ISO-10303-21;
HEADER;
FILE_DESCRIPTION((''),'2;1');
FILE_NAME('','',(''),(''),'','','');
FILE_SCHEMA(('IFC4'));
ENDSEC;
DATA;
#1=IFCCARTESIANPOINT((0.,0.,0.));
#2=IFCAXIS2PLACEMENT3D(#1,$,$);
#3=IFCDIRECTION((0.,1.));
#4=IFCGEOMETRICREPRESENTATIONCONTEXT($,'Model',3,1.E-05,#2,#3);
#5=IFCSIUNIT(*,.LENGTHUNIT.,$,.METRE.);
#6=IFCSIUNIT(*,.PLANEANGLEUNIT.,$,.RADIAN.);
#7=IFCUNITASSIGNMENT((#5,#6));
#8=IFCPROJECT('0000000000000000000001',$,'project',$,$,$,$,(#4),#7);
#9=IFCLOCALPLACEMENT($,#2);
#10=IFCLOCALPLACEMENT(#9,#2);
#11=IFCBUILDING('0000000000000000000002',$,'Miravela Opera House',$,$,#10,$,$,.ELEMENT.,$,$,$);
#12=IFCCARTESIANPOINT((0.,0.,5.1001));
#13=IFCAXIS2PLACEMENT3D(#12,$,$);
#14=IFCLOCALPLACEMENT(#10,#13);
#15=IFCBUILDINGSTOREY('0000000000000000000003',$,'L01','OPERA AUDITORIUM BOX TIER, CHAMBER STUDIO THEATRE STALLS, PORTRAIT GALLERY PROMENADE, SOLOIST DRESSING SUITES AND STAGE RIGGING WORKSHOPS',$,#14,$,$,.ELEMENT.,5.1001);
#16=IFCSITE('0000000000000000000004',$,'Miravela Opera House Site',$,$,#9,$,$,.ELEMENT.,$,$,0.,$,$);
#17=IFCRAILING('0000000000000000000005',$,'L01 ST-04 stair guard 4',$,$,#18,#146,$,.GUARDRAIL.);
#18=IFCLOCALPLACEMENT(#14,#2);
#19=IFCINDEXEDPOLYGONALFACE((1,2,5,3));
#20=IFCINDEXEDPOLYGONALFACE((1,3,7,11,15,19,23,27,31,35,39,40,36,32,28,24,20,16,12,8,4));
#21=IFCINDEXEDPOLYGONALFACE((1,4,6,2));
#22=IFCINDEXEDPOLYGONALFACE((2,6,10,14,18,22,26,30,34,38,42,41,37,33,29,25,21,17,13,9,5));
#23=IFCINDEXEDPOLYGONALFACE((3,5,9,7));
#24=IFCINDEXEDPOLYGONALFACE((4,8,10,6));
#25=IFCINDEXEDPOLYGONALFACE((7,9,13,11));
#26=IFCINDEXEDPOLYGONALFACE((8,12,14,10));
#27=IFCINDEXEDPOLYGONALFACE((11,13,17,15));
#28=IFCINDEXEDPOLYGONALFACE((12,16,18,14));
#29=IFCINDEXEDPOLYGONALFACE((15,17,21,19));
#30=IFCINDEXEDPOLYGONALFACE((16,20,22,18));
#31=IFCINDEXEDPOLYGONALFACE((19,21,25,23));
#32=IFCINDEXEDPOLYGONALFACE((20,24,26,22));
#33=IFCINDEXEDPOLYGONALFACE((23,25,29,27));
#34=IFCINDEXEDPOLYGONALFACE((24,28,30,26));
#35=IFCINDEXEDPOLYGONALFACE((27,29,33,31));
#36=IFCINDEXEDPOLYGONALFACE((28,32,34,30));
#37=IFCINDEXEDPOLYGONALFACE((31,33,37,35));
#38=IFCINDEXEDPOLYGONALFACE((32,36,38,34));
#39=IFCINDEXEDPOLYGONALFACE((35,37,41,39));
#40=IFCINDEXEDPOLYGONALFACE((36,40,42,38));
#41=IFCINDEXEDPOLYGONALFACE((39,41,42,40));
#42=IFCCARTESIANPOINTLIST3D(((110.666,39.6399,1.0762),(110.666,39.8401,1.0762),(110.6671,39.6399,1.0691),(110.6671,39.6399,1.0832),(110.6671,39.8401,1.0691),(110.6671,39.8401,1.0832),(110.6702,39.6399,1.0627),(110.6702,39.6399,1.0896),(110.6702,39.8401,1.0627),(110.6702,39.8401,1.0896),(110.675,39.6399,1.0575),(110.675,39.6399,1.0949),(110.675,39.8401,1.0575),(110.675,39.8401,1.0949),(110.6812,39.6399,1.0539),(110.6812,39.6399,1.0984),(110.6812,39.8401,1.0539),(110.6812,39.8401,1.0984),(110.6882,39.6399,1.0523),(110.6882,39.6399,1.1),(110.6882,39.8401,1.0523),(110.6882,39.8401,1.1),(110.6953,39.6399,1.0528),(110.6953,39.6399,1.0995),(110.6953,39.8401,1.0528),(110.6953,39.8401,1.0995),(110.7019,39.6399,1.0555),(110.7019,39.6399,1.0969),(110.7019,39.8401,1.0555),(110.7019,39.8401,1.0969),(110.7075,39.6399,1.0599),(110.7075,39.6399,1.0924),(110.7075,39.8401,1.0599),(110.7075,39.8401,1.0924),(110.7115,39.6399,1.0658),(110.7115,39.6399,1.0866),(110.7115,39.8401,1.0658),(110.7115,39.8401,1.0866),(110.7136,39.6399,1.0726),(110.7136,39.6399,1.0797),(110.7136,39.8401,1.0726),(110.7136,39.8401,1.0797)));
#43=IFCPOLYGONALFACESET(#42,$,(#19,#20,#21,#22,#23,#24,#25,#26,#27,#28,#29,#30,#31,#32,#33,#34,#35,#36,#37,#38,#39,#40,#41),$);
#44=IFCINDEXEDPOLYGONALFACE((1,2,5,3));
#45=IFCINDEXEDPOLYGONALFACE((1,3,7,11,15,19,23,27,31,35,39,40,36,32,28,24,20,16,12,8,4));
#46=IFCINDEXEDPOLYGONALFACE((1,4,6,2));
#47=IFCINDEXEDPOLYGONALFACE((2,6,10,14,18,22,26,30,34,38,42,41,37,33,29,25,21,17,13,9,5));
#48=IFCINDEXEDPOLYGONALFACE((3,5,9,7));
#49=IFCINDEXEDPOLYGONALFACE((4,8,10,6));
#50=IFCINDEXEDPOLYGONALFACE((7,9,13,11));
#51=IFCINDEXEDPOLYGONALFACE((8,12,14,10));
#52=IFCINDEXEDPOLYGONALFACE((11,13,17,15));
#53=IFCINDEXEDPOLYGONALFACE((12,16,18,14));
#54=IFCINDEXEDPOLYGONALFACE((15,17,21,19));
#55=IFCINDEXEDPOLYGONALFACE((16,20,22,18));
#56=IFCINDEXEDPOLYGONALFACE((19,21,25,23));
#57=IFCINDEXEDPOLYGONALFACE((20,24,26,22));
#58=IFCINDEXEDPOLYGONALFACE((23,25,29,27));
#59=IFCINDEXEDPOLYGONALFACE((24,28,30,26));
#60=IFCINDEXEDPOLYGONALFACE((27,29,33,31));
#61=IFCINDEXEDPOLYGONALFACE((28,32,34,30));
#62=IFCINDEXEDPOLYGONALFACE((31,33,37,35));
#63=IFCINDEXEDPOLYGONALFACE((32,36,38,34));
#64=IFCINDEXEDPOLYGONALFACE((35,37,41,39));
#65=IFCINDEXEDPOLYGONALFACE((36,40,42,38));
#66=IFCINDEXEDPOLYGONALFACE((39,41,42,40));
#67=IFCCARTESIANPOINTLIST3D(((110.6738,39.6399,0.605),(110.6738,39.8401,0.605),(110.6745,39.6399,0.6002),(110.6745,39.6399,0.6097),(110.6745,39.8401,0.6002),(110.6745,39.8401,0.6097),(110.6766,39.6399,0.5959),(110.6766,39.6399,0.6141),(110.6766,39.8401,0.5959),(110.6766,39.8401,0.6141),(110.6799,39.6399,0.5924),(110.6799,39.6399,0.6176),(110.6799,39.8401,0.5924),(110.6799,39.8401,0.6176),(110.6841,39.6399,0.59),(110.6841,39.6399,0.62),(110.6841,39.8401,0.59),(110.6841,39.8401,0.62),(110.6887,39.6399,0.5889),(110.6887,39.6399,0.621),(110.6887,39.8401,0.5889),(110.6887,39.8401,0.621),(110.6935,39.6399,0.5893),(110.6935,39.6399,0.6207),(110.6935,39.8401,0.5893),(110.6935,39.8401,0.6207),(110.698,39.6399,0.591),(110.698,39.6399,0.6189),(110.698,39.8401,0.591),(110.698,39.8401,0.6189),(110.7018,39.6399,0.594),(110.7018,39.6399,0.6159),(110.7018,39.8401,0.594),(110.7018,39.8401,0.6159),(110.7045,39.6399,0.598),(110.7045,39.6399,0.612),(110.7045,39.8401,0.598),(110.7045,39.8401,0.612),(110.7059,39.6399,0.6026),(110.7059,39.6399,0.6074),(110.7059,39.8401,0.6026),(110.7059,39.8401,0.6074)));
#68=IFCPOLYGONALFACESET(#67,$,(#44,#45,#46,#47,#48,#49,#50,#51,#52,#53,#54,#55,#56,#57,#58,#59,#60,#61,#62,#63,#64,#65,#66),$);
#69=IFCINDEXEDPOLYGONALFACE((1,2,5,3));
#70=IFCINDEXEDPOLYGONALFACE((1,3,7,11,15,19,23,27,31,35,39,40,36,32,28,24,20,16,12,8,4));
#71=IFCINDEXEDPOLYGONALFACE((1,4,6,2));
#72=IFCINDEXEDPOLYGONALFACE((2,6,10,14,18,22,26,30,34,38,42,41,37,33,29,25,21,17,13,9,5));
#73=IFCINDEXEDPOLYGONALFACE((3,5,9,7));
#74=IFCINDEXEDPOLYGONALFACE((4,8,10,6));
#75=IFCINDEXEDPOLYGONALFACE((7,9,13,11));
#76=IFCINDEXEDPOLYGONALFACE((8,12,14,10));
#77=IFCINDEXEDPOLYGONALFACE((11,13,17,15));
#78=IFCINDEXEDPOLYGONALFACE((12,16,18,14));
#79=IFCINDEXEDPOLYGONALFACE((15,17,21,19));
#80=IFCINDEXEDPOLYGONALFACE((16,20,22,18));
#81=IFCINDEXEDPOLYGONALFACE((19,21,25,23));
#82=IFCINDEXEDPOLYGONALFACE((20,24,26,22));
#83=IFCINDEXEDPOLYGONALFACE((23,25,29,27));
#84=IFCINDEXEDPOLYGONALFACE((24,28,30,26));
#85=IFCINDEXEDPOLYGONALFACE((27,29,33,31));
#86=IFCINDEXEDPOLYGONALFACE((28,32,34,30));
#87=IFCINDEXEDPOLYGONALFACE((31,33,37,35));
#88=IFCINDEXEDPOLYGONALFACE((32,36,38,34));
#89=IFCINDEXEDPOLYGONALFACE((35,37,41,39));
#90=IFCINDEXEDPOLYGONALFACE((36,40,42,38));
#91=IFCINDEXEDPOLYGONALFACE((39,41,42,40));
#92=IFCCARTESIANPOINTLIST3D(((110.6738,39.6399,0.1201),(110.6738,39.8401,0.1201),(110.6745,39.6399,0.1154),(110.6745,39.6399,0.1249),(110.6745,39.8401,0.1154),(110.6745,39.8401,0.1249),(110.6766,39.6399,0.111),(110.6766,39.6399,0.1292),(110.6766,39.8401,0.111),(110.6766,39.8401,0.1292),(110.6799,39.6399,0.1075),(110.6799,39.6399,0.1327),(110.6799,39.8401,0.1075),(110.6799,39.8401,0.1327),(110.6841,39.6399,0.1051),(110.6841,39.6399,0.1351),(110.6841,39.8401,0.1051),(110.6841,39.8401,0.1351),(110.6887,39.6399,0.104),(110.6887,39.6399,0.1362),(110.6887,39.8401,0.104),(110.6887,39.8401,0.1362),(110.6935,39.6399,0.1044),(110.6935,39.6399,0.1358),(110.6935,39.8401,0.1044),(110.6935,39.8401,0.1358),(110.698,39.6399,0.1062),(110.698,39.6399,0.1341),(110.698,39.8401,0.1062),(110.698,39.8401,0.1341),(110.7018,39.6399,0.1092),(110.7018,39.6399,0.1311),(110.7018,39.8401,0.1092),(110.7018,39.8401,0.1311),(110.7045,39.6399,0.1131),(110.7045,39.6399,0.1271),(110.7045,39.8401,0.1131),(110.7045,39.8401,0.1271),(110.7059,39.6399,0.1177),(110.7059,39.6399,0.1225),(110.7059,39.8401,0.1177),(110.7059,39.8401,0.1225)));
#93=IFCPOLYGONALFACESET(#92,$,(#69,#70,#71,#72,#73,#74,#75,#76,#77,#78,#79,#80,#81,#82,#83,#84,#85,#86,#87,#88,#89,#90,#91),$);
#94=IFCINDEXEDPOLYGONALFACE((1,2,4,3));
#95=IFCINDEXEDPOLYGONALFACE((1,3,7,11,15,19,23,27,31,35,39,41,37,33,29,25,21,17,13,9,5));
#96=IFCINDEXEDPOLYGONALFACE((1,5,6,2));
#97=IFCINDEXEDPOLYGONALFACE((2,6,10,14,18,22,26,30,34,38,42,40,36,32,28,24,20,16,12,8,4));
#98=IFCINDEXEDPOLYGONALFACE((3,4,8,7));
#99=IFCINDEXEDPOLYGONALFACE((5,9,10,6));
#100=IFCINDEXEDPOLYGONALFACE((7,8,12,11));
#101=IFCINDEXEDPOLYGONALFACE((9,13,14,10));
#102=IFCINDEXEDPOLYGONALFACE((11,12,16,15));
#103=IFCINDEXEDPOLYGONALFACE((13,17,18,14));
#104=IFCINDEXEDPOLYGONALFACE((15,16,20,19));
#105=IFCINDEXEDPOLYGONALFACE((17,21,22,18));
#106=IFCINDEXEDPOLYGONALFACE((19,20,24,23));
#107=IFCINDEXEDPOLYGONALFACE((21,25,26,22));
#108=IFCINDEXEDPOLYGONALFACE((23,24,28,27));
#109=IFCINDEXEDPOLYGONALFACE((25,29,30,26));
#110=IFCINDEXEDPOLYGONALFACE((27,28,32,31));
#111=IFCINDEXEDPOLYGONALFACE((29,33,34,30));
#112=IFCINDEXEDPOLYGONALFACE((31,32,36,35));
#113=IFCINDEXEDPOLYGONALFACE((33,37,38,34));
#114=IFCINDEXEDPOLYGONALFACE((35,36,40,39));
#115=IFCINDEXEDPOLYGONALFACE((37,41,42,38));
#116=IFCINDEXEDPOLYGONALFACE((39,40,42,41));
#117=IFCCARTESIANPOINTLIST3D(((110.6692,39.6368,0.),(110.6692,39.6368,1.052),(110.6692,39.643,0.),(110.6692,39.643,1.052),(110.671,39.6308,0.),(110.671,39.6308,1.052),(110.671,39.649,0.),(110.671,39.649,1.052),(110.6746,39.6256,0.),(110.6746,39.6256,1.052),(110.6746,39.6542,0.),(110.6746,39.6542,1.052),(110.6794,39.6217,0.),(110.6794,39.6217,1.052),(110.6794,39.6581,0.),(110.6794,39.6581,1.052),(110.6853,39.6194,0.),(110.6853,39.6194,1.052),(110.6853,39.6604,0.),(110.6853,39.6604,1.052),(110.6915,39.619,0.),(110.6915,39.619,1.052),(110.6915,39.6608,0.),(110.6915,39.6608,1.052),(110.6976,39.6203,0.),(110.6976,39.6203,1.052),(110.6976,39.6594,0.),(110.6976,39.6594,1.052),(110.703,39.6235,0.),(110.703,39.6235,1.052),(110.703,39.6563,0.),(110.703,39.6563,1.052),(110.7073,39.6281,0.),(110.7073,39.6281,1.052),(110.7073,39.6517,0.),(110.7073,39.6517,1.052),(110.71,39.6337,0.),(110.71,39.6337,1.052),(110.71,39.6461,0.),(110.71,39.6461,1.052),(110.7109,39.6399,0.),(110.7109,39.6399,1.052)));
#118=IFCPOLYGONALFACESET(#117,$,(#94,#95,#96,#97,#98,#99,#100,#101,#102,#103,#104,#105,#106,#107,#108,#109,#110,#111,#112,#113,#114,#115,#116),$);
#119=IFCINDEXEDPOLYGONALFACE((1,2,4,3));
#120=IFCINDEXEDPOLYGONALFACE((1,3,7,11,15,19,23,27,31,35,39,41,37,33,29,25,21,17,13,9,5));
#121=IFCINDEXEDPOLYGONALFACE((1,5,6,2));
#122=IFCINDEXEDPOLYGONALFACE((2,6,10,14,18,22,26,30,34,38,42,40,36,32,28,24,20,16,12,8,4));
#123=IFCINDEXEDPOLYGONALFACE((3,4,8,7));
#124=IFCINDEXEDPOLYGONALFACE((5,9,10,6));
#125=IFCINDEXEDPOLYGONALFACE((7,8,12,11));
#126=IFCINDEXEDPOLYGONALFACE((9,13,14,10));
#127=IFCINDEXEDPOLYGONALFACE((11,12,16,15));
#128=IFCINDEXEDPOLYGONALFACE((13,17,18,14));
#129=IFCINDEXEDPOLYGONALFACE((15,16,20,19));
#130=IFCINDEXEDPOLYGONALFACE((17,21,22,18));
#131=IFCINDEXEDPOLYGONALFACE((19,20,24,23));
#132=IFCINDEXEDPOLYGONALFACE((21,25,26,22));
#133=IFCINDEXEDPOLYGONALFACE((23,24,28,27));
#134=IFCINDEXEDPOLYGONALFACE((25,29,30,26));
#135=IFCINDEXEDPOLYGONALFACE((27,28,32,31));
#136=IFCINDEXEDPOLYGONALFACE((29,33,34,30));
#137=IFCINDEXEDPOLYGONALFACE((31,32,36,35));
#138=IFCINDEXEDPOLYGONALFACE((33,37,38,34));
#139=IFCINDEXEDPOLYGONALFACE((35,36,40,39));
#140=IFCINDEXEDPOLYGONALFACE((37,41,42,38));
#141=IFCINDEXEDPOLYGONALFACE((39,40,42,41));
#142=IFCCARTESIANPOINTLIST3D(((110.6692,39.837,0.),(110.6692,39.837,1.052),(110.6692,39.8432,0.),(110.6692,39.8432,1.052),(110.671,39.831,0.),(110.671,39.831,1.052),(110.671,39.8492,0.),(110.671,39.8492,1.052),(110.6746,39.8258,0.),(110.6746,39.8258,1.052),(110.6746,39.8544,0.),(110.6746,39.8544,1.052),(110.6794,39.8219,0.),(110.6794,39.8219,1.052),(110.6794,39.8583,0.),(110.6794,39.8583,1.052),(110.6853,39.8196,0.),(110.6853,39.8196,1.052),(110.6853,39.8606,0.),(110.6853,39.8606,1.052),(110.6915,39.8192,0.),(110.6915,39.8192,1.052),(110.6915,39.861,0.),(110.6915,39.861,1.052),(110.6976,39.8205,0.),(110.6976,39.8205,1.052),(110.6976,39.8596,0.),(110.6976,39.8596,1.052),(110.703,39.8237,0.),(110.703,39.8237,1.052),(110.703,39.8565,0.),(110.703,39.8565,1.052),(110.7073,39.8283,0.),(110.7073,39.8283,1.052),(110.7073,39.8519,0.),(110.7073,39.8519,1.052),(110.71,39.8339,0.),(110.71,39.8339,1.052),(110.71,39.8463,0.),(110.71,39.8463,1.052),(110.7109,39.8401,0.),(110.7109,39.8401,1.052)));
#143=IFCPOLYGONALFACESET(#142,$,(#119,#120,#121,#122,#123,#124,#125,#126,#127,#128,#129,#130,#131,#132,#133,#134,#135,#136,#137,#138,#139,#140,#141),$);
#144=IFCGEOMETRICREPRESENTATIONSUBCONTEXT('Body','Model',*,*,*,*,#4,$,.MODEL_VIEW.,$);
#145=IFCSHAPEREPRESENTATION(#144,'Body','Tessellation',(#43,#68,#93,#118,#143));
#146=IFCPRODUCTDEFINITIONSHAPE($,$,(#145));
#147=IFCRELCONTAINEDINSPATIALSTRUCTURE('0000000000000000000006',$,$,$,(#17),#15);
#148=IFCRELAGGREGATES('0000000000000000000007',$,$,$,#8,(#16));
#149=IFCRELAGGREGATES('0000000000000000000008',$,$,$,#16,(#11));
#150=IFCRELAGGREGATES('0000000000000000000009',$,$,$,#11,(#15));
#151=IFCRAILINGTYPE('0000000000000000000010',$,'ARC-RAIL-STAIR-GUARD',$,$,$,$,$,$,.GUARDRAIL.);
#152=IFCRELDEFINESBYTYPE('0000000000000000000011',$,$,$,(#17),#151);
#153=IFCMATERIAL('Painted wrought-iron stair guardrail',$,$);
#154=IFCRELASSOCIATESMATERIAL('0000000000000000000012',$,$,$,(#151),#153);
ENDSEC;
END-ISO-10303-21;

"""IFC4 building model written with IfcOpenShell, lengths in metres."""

from ifc_helpers import new_model, si_unit, direction, frame, origin, origin_2d, place, context, subcontext, project, spatial, circle, extrude, material, type_object, element, save


model = new_model("IFC4")

# Units and contexts
model_context = context("Model", 3, precision=1e-05, world=origin(), true_north=direction((0.0, 1.0)))
body_context = subcontext(model_context, "Body", "Model", "MODEL_VIEW")
ifc_project = project(units=[si_unit("LENGTHUNIT", "METRE"), si_unit("PLANEANGLEUNIT", "RADIAN")], contexts=[model_context])

# Site, building, storey
site_placement = place(None, origin())
site = spatial("IfcSite", under=ifc_project, at=site_placement, Name="Miravela Opera House Site", CompositionType="ELEMENT", RefElevation=0.0)
building_placement = place(site_placement, origin())
building = spatial("IfcBuilding", under=site, at=building_placement, Name="Miravela Opera House", CompositionType="ELEMENT")
storey_placement = place(building_placement, frame((0.0, 0.0, 5.1001)))
storey = spatial("IfcBuildingStorey", under=building, at=storey_placement, Name="L01", Description="OPERA AUDITORIUM BOX TIER, CHAMBER STUDIO THEATRE STALLS, PORTRAIT GALLERY PROMENADE, SOLOIST DRESSING SUITES AND STAGE RIGGING WORKSHOPS", CompositionType="ELEMENT", Elevation=5.1001)

# Railing
ifc_material_1 = material(Name="Painted wrought-iron stair guardrail")
railing_type_1 = type_object("IfcRailingType", Name="ARC-RAIL-STAIR-GUARD", PredefinedType="GUARDRAIL", material=ifc_material_1)
railing_1_placement = place(storey_placement, frame((110.6899, 39.6399, 0.0)))
element("IfcRailing", 1, at=railing_1_placement, inside=storey, type_object=railing_type_1, Name="L01 ST-04 stair guard 4", PredefinedType="GUARDRAIL", context=body_context, shape_type="SweptSolid", body=[
    extrude(circle(Radius=0.0239, at=origin_2d()), frame((0.0, 0.0, 1.0762), z_axis=(0.0, 1.0, 0.0), x_axis=(-1.0, 0.0, 0.0)), (0.0, 0.0, 1.0), 0.2002),
    extrude(circle(Radius=0.0161, at=origin_2d()), frame((0.0, 0.0, 0.605), z_axis=(0.0, 1.0, 0.0), x_axis=(-1.0, 0.0, 0.0)), (0.0, 0.0, 1.0), 0.2002),
    extrude(circle(Radius=0.0161, at=origin_2d()), frame((0.0, 0.0, 0.1201), z_axis=(0.0, 1.0, 0.0), x_axis=(-1.0, 0.0, 0.0)), (0.0, 0.0, 1.0), 0.2002),
    extrude(circle(Radius=0.021, at=origin_2d()), origin(), (0.0, 0.0, 1.0), 1.052),
    extrude(circle(Radius=0.021, at=origin_2d()), frame((0.0, 0.2002, 0.0)), (0.0, 0.0, 1.0), 1.052),
])

save(model, "model.ifc")
